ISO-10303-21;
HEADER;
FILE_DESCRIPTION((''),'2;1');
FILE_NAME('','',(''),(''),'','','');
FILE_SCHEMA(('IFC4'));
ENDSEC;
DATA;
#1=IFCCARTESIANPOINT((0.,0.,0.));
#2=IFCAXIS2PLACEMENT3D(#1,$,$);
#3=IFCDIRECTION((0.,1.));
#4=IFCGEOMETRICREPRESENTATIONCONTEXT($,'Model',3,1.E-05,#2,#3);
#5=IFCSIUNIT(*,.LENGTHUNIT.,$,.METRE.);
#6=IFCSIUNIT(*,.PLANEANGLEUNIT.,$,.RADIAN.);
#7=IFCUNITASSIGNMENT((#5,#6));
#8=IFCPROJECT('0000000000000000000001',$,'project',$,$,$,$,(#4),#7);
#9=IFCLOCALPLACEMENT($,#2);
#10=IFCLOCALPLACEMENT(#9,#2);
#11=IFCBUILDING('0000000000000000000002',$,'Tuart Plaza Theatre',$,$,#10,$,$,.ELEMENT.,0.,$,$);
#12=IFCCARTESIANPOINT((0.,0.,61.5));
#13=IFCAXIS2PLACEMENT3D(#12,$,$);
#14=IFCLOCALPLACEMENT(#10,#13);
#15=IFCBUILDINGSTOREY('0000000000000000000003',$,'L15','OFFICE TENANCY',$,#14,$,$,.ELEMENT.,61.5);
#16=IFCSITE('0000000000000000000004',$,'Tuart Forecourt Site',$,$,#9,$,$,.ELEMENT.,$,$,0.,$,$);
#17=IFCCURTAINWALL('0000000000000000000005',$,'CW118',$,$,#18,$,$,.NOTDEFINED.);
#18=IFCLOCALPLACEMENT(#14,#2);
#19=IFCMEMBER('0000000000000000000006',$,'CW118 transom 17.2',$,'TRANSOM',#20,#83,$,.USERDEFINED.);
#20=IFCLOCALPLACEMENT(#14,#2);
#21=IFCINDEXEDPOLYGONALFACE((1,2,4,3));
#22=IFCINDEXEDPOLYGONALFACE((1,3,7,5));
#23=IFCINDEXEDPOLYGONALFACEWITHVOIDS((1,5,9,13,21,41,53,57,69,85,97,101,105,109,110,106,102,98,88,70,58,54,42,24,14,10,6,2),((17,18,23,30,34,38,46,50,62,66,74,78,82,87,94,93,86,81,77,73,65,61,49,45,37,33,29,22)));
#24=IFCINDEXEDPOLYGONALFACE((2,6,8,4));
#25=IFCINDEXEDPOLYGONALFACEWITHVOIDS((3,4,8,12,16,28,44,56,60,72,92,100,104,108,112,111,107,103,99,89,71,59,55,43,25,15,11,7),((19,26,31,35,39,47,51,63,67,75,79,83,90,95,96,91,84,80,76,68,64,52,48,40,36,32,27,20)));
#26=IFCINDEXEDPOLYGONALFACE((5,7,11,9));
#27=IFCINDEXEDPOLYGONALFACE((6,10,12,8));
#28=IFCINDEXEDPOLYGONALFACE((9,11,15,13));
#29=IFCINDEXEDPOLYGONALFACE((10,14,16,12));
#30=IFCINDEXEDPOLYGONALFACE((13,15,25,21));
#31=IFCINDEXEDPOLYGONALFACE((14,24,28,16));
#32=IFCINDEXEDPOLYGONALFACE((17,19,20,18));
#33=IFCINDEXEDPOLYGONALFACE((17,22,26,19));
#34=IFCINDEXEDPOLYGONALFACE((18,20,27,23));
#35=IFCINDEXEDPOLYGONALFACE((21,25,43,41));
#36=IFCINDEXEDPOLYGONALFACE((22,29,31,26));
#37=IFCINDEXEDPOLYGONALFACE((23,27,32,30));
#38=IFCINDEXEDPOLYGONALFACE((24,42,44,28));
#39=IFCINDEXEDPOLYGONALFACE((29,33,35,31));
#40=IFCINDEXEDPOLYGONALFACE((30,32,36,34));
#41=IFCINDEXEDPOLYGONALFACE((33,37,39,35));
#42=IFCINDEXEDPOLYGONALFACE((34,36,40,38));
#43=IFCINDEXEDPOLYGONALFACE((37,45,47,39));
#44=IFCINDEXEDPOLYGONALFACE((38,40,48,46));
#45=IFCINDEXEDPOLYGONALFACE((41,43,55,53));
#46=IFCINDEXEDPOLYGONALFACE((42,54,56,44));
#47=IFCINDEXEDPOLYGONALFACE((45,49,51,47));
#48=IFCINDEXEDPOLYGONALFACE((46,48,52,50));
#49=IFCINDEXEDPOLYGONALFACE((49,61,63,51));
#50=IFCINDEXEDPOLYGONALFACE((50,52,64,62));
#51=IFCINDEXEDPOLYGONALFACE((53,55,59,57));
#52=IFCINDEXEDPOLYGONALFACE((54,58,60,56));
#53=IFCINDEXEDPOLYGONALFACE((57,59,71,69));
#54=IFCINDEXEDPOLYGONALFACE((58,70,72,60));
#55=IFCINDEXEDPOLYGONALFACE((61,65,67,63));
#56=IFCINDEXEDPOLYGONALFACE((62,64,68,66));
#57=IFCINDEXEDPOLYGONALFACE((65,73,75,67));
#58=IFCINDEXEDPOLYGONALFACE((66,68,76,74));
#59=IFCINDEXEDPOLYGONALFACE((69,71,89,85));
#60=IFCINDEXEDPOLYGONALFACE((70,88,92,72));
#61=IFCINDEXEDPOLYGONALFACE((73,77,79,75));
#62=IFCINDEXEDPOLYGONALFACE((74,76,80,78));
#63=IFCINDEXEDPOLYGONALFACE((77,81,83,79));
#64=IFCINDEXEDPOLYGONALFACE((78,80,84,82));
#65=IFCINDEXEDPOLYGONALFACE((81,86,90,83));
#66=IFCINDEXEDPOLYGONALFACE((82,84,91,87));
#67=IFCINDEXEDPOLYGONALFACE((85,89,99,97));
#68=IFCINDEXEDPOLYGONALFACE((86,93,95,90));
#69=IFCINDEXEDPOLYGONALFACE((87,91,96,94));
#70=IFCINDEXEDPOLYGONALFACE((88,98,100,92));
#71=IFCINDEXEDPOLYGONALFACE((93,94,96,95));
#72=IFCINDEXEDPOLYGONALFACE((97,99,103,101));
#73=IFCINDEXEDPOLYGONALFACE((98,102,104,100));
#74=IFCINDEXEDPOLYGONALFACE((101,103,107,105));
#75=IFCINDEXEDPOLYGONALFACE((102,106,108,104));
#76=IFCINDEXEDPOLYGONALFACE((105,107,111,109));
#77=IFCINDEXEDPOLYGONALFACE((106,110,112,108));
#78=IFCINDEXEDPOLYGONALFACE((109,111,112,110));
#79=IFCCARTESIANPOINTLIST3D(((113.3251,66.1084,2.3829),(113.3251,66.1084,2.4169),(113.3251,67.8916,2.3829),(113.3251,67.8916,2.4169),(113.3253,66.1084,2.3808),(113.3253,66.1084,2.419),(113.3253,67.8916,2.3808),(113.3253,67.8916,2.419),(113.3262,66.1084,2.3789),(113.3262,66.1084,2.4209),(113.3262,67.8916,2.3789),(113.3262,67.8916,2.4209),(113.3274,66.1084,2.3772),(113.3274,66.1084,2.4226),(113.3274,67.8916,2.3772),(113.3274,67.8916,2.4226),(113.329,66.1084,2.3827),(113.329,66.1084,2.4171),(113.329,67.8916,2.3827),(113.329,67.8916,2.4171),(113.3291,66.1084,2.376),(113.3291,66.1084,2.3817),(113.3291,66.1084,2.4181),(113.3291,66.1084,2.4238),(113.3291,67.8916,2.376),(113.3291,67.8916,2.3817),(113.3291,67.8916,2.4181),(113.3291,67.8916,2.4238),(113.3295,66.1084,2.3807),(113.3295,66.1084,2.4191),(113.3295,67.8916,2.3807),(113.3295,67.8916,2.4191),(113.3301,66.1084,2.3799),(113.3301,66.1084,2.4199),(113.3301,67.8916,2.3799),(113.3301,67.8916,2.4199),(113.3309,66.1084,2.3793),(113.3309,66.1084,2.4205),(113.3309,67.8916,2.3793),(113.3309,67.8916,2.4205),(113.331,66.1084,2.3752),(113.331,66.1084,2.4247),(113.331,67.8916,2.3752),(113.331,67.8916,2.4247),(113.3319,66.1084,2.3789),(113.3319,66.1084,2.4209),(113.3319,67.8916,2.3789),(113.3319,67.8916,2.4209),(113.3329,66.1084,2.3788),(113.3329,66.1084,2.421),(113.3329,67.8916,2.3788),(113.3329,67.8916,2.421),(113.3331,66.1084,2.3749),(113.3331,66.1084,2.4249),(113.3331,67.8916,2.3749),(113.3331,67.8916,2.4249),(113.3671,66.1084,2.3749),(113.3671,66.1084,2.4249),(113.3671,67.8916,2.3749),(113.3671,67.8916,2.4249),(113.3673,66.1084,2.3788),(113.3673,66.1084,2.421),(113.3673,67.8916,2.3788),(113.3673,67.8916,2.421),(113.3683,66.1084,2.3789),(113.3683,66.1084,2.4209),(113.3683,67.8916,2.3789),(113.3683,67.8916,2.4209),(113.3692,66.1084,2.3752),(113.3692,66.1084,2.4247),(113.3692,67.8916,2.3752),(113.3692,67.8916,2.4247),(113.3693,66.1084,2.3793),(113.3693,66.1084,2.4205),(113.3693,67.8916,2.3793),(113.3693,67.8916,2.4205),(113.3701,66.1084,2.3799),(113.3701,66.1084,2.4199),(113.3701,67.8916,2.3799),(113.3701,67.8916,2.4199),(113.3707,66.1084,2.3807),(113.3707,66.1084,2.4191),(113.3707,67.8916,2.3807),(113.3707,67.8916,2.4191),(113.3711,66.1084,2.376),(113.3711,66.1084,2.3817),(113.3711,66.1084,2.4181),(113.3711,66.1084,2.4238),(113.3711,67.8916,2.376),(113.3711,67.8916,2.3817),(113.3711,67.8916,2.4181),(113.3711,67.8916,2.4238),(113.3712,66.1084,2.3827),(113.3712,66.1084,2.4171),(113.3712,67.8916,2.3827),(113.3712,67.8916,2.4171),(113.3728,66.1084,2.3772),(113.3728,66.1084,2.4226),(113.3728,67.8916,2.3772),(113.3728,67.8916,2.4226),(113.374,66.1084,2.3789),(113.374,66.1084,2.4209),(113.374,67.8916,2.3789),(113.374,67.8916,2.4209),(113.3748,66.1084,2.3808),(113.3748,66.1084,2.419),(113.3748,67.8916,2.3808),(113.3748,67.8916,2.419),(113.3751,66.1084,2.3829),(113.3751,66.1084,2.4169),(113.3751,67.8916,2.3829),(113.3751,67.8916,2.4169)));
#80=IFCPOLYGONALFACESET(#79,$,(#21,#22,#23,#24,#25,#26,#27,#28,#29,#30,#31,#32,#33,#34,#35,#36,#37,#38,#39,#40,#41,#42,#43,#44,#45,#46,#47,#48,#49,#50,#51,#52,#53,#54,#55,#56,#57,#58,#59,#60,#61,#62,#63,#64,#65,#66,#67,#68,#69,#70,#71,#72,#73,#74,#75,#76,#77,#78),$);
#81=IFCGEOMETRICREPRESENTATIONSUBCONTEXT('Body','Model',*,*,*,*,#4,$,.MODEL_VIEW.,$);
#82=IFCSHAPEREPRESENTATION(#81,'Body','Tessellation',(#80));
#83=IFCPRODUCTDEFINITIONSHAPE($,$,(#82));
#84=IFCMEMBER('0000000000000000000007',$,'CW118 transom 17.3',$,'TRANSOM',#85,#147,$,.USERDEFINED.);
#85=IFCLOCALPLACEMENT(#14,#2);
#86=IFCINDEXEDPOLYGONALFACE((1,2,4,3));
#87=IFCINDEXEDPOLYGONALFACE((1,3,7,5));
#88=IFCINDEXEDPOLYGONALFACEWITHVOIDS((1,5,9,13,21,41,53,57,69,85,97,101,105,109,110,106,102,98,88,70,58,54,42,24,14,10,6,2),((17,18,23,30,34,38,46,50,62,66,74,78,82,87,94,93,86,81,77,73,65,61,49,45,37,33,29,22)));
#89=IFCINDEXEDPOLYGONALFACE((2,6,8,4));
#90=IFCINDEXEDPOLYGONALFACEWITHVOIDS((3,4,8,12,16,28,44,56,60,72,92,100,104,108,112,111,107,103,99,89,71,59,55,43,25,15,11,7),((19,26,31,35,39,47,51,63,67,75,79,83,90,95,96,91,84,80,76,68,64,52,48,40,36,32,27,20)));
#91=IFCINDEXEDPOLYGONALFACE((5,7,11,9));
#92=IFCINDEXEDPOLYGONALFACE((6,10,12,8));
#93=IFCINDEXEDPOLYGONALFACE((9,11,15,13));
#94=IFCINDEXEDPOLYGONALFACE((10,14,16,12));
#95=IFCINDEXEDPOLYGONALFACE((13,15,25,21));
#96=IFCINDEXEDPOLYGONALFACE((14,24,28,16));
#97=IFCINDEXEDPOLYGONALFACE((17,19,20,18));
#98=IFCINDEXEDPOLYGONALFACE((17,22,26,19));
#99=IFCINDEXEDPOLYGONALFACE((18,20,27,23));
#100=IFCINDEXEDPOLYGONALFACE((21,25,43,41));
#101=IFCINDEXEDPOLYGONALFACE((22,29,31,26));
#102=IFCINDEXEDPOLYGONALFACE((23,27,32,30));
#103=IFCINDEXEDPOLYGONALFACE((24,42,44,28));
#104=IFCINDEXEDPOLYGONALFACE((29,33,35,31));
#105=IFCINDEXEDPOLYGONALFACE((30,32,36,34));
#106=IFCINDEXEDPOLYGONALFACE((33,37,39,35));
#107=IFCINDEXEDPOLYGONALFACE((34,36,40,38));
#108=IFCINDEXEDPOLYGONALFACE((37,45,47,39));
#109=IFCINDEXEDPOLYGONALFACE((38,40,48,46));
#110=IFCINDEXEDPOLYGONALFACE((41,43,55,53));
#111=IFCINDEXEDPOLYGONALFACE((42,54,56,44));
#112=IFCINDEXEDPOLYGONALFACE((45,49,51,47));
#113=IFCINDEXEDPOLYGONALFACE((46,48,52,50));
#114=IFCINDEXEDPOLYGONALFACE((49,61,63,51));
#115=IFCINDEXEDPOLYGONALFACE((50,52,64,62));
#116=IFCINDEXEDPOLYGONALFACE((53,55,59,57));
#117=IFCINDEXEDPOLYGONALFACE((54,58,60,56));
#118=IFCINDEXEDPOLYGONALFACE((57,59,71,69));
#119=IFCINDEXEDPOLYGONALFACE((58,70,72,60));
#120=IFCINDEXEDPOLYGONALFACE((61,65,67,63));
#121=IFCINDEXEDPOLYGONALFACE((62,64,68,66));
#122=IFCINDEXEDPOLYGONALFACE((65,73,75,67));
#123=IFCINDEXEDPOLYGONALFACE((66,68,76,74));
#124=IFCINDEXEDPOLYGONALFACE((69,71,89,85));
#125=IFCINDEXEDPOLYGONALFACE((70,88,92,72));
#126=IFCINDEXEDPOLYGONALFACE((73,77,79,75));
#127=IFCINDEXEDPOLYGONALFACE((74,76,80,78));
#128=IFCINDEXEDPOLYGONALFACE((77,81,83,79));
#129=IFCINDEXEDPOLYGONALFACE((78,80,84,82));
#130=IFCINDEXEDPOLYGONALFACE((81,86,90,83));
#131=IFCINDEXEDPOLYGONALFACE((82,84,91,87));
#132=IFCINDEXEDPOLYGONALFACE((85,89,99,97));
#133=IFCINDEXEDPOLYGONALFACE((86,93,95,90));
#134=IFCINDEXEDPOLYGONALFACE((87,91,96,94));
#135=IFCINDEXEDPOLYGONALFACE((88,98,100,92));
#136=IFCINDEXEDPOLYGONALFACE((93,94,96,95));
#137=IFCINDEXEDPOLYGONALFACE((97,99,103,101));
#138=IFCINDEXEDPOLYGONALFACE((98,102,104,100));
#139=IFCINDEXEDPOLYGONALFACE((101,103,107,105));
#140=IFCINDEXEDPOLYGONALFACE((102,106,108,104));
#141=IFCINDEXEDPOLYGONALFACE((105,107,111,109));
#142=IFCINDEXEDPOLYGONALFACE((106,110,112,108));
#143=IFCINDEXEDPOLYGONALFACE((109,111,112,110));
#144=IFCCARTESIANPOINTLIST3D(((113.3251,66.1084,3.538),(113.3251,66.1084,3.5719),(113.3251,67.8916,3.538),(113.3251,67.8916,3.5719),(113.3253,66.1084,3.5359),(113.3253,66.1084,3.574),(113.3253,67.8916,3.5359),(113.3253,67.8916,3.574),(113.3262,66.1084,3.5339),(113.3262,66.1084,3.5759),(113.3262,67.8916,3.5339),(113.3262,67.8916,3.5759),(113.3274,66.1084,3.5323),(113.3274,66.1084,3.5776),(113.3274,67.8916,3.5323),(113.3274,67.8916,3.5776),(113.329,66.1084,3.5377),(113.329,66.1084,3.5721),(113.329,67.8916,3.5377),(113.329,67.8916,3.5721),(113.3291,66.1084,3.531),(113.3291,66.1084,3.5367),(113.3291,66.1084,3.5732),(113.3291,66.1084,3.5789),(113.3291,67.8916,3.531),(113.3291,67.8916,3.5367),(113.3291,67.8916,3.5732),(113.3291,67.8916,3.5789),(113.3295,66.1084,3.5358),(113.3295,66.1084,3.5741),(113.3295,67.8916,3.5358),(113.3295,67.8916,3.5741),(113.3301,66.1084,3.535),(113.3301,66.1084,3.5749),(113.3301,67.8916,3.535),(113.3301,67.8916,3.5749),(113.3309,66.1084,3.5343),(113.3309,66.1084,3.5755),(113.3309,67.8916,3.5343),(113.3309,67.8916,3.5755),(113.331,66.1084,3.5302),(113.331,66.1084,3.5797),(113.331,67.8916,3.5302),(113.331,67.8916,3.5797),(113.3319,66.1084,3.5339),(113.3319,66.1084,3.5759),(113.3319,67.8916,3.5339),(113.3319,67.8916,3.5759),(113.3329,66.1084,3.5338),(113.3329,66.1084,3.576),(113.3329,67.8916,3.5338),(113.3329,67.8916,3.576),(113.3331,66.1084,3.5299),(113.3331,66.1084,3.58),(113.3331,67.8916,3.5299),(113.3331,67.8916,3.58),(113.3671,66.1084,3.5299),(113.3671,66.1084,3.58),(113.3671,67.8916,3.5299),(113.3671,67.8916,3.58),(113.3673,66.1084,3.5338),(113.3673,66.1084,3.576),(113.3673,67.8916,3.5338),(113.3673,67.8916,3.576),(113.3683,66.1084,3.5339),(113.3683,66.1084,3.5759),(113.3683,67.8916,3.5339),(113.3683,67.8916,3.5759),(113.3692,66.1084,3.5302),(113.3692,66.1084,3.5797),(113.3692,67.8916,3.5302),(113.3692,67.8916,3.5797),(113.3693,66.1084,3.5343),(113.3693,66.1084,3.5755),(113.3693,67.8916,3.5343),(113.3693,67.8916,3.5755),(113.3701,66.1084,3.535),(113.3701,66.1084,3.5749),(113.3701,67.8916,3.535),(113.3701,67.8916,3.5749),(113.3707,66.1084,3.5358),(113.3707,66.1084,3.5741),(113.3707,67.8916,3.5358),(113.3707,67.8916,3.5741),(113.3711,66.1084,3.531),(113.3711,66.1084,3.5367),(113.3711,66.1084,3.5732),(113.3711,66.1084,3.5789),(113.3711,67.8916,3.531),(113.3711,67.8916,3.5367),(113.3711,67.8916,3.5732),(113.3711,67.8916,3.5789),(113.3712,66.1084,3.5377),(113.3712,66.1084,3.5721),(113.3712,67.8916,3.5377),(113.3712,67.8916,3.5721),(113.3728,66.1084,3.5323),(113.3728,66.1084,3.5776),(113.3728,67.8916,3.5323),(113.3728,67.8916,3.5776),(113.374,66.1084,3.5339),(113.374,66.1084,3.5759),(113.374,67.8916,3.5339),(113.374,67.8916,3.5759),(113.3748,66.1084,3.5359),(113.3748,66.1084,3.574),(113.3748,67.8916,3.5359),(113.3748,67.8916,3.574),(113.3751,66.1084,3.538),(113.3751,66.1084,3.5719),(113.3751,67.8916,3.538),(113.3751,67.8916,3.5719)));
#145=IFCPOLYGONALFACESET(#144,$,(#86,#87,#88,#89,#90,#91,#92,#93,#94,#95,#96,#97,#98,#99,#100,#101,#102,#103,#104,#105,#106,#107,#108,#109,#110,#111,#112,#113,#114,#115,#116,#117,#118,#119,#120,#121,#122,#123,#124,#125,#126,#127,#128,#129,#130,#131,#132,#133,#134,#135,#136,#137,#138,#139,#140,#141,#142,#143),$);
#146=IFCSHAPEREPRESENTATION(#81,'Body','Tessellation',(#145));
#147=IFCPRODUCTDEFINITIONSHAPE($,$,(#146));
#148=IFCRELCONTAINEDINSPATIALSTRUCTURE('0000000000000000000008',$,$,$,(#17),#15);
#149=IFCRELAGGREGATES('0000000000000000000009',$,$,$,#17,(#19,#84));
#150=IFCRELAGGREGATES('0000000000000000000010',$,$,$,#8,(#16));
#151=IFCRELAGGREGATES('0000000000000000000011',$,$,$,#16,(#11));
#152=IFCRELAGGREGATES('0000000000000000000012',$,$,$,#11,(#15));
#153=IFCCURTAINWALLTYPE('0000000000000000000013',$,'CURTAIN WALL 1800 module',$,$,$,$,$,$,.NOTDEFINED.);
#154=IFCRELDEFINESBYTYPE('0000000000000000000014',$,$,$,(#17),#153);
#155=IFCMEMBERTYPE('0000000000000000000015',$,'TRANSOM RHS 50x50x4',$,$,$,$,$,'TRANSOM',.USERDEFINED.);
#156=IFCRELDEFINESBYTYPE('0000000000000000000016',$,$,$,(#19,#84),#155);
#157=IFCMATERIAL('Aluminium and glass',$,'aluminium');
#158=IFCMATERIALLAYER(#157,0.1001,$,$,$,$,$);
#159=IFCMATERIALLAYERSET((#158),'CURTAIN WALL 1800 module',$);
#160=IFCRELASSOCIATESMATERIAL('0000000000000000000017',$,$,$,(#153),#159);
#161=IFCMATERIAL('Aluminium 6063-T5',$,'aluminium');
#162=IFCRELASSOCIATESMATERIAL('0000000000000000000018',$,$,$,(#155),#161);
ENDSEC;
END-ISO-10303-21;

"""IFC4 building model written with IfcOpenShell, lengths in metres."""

from ifc_helpers import new_model, si_unit, direction, frame, origin, origin_2d, place, context, subcontext, project, spatial, hollow_rectangle, extrude, material, layer, layer_set, material_profile, profile_set, type_object, element, aggregate, save


model = new_model("IFC4")

# Units and contexts
model_context = context("Model", 3, precision=1e-05, world=origin(), true_north=direction((0.0, 1.0)))
body_context = subcontext(model_context, "Body", "Model", "MODEL_VIEW")
ifc_project = project(units=[si_unit("LENGTHUNIT", "METRE"), si_unit("PLANEANGLEUNIT", "RADIAN")], contexts=[model_context])

# Site, building, storey
site_placement = place(None, origin())
site = spatial("IfcSite", under=ifc_project, at=site_placement, Name="Tuart Forecourt Site", CompositionType="ELEMENT", RefElevation=0.0)
building_placement = place(site_placement, origin())
building = spatial("IfcBuilding", under=site, at=building_placement, Name="Tuart Plaza Theatre", CompositionType="ELEMENT", ElevationOfRefHeight=0.0)
storey_placement = place(building_placement, frame((0.0, 0.0, 61.5)))
storey = spatial("IfcBuildingStorey", under=building, at=storey_placement, Name="L15", Description="OFFICE TENANCY", CompositionType="ELEMENT", Elevation=61.5)

# Curtain wall, members
ifc_material_1 = material(Name="Aluminium and glass", Category="aluminium")
ifc_layer_1 = layer(ifc_material_1, 0.1001)
ifc_layer_set_1 = layer_set([ifc_layer_1], Name="CURTAIN WALL 1800 module")
curtain_wall_type = type_object("IfcCurtainWallType", Name="CURTAIN WALL 1800 module", PredefinedType="NOTDEFINED", material=ifc_layer_set_1)
curtain_wall_placement = place(storey_placement, origin())
curtain_wall = element("IfcCurtainWall", 1, at=curtain_wall_placement, inside=storey, type_object=curtain_wall_type, Name="CW118", PredefinedType="NOTDEFINED")
ifc_material_2 = material(Name="Aluminium 6063-T5", Category="aluminium")
ifc_material_profile = material_profile(ifc_material_2, hollow_rectangle(XDim=0.05, YDim=0.05, WallThickness=0.0039, InnerFilletRadius=0.0039, OuterFilletRadius=0.0081, at=origin_2d()), Name="RHS 50x50x4")
ifc_profile_set = profile_set([ifc_material_profile], Name="Aluminium 6063-T5")
member_type = type_object("IfcMemberType", Name="TRANSOM RHS 50x50x4", ElementType="TRANSOM", PredefinedType="USERDEFINED", material=ifc_profile_set)
member_1_placement = place(storey_placement, frame((113.3501, 67.8916, 2.3999), z_axis=(0.0, -1.0, 0.0), x_axis=(1.0, 0.0, 0.0)))
member_1 = element("IfcMember", 2, at=member_1_placement, type_object=member_type, Name="CW118 transom 17.2", ObjectType="TRANSOM", PredefinedType="USERDEFINED", context=body_context, shape_type="SweptSolid", body=[
    extrude(hollow_rectangle(XDim=0.05, YDim=0.05, WallThickness=0.0039, InnerFilletRadius=0.0039, OuterFilletRadius=0.0081, at=origin_2d()), origin(), (0.0, 0.0, 1.0), 1.7832),
])
member_2_placement = place(storey_placement, frame((113.3501, 67.8916, 3.5549), z_axis=(0.0, -1.0, 0.0), x_axis=(1.0, 0.0, 0.0)))
member_2 = element("IfcMember", 3, at=member_2_placement, type_object=member_type, Name="CW118 transom 17.3", ObjectType="TRANSOM", PredefinedType="USERDEFINED", context=body_context, shape_type="SweptSolid", body=[
    extrude(hollow_rectangle(XDim=0.05, YDim=0.05, WallThickness=0.0039, InnerFilletRadius=0.0039, OuterFilletRadius=0.0081, at=origin_2d()), origin(), (0.0, 0.0, 1.0), 1.7832),
])
aggregate(curtain_wall, [member_1, member_2])

save(model, "model.ifc")
